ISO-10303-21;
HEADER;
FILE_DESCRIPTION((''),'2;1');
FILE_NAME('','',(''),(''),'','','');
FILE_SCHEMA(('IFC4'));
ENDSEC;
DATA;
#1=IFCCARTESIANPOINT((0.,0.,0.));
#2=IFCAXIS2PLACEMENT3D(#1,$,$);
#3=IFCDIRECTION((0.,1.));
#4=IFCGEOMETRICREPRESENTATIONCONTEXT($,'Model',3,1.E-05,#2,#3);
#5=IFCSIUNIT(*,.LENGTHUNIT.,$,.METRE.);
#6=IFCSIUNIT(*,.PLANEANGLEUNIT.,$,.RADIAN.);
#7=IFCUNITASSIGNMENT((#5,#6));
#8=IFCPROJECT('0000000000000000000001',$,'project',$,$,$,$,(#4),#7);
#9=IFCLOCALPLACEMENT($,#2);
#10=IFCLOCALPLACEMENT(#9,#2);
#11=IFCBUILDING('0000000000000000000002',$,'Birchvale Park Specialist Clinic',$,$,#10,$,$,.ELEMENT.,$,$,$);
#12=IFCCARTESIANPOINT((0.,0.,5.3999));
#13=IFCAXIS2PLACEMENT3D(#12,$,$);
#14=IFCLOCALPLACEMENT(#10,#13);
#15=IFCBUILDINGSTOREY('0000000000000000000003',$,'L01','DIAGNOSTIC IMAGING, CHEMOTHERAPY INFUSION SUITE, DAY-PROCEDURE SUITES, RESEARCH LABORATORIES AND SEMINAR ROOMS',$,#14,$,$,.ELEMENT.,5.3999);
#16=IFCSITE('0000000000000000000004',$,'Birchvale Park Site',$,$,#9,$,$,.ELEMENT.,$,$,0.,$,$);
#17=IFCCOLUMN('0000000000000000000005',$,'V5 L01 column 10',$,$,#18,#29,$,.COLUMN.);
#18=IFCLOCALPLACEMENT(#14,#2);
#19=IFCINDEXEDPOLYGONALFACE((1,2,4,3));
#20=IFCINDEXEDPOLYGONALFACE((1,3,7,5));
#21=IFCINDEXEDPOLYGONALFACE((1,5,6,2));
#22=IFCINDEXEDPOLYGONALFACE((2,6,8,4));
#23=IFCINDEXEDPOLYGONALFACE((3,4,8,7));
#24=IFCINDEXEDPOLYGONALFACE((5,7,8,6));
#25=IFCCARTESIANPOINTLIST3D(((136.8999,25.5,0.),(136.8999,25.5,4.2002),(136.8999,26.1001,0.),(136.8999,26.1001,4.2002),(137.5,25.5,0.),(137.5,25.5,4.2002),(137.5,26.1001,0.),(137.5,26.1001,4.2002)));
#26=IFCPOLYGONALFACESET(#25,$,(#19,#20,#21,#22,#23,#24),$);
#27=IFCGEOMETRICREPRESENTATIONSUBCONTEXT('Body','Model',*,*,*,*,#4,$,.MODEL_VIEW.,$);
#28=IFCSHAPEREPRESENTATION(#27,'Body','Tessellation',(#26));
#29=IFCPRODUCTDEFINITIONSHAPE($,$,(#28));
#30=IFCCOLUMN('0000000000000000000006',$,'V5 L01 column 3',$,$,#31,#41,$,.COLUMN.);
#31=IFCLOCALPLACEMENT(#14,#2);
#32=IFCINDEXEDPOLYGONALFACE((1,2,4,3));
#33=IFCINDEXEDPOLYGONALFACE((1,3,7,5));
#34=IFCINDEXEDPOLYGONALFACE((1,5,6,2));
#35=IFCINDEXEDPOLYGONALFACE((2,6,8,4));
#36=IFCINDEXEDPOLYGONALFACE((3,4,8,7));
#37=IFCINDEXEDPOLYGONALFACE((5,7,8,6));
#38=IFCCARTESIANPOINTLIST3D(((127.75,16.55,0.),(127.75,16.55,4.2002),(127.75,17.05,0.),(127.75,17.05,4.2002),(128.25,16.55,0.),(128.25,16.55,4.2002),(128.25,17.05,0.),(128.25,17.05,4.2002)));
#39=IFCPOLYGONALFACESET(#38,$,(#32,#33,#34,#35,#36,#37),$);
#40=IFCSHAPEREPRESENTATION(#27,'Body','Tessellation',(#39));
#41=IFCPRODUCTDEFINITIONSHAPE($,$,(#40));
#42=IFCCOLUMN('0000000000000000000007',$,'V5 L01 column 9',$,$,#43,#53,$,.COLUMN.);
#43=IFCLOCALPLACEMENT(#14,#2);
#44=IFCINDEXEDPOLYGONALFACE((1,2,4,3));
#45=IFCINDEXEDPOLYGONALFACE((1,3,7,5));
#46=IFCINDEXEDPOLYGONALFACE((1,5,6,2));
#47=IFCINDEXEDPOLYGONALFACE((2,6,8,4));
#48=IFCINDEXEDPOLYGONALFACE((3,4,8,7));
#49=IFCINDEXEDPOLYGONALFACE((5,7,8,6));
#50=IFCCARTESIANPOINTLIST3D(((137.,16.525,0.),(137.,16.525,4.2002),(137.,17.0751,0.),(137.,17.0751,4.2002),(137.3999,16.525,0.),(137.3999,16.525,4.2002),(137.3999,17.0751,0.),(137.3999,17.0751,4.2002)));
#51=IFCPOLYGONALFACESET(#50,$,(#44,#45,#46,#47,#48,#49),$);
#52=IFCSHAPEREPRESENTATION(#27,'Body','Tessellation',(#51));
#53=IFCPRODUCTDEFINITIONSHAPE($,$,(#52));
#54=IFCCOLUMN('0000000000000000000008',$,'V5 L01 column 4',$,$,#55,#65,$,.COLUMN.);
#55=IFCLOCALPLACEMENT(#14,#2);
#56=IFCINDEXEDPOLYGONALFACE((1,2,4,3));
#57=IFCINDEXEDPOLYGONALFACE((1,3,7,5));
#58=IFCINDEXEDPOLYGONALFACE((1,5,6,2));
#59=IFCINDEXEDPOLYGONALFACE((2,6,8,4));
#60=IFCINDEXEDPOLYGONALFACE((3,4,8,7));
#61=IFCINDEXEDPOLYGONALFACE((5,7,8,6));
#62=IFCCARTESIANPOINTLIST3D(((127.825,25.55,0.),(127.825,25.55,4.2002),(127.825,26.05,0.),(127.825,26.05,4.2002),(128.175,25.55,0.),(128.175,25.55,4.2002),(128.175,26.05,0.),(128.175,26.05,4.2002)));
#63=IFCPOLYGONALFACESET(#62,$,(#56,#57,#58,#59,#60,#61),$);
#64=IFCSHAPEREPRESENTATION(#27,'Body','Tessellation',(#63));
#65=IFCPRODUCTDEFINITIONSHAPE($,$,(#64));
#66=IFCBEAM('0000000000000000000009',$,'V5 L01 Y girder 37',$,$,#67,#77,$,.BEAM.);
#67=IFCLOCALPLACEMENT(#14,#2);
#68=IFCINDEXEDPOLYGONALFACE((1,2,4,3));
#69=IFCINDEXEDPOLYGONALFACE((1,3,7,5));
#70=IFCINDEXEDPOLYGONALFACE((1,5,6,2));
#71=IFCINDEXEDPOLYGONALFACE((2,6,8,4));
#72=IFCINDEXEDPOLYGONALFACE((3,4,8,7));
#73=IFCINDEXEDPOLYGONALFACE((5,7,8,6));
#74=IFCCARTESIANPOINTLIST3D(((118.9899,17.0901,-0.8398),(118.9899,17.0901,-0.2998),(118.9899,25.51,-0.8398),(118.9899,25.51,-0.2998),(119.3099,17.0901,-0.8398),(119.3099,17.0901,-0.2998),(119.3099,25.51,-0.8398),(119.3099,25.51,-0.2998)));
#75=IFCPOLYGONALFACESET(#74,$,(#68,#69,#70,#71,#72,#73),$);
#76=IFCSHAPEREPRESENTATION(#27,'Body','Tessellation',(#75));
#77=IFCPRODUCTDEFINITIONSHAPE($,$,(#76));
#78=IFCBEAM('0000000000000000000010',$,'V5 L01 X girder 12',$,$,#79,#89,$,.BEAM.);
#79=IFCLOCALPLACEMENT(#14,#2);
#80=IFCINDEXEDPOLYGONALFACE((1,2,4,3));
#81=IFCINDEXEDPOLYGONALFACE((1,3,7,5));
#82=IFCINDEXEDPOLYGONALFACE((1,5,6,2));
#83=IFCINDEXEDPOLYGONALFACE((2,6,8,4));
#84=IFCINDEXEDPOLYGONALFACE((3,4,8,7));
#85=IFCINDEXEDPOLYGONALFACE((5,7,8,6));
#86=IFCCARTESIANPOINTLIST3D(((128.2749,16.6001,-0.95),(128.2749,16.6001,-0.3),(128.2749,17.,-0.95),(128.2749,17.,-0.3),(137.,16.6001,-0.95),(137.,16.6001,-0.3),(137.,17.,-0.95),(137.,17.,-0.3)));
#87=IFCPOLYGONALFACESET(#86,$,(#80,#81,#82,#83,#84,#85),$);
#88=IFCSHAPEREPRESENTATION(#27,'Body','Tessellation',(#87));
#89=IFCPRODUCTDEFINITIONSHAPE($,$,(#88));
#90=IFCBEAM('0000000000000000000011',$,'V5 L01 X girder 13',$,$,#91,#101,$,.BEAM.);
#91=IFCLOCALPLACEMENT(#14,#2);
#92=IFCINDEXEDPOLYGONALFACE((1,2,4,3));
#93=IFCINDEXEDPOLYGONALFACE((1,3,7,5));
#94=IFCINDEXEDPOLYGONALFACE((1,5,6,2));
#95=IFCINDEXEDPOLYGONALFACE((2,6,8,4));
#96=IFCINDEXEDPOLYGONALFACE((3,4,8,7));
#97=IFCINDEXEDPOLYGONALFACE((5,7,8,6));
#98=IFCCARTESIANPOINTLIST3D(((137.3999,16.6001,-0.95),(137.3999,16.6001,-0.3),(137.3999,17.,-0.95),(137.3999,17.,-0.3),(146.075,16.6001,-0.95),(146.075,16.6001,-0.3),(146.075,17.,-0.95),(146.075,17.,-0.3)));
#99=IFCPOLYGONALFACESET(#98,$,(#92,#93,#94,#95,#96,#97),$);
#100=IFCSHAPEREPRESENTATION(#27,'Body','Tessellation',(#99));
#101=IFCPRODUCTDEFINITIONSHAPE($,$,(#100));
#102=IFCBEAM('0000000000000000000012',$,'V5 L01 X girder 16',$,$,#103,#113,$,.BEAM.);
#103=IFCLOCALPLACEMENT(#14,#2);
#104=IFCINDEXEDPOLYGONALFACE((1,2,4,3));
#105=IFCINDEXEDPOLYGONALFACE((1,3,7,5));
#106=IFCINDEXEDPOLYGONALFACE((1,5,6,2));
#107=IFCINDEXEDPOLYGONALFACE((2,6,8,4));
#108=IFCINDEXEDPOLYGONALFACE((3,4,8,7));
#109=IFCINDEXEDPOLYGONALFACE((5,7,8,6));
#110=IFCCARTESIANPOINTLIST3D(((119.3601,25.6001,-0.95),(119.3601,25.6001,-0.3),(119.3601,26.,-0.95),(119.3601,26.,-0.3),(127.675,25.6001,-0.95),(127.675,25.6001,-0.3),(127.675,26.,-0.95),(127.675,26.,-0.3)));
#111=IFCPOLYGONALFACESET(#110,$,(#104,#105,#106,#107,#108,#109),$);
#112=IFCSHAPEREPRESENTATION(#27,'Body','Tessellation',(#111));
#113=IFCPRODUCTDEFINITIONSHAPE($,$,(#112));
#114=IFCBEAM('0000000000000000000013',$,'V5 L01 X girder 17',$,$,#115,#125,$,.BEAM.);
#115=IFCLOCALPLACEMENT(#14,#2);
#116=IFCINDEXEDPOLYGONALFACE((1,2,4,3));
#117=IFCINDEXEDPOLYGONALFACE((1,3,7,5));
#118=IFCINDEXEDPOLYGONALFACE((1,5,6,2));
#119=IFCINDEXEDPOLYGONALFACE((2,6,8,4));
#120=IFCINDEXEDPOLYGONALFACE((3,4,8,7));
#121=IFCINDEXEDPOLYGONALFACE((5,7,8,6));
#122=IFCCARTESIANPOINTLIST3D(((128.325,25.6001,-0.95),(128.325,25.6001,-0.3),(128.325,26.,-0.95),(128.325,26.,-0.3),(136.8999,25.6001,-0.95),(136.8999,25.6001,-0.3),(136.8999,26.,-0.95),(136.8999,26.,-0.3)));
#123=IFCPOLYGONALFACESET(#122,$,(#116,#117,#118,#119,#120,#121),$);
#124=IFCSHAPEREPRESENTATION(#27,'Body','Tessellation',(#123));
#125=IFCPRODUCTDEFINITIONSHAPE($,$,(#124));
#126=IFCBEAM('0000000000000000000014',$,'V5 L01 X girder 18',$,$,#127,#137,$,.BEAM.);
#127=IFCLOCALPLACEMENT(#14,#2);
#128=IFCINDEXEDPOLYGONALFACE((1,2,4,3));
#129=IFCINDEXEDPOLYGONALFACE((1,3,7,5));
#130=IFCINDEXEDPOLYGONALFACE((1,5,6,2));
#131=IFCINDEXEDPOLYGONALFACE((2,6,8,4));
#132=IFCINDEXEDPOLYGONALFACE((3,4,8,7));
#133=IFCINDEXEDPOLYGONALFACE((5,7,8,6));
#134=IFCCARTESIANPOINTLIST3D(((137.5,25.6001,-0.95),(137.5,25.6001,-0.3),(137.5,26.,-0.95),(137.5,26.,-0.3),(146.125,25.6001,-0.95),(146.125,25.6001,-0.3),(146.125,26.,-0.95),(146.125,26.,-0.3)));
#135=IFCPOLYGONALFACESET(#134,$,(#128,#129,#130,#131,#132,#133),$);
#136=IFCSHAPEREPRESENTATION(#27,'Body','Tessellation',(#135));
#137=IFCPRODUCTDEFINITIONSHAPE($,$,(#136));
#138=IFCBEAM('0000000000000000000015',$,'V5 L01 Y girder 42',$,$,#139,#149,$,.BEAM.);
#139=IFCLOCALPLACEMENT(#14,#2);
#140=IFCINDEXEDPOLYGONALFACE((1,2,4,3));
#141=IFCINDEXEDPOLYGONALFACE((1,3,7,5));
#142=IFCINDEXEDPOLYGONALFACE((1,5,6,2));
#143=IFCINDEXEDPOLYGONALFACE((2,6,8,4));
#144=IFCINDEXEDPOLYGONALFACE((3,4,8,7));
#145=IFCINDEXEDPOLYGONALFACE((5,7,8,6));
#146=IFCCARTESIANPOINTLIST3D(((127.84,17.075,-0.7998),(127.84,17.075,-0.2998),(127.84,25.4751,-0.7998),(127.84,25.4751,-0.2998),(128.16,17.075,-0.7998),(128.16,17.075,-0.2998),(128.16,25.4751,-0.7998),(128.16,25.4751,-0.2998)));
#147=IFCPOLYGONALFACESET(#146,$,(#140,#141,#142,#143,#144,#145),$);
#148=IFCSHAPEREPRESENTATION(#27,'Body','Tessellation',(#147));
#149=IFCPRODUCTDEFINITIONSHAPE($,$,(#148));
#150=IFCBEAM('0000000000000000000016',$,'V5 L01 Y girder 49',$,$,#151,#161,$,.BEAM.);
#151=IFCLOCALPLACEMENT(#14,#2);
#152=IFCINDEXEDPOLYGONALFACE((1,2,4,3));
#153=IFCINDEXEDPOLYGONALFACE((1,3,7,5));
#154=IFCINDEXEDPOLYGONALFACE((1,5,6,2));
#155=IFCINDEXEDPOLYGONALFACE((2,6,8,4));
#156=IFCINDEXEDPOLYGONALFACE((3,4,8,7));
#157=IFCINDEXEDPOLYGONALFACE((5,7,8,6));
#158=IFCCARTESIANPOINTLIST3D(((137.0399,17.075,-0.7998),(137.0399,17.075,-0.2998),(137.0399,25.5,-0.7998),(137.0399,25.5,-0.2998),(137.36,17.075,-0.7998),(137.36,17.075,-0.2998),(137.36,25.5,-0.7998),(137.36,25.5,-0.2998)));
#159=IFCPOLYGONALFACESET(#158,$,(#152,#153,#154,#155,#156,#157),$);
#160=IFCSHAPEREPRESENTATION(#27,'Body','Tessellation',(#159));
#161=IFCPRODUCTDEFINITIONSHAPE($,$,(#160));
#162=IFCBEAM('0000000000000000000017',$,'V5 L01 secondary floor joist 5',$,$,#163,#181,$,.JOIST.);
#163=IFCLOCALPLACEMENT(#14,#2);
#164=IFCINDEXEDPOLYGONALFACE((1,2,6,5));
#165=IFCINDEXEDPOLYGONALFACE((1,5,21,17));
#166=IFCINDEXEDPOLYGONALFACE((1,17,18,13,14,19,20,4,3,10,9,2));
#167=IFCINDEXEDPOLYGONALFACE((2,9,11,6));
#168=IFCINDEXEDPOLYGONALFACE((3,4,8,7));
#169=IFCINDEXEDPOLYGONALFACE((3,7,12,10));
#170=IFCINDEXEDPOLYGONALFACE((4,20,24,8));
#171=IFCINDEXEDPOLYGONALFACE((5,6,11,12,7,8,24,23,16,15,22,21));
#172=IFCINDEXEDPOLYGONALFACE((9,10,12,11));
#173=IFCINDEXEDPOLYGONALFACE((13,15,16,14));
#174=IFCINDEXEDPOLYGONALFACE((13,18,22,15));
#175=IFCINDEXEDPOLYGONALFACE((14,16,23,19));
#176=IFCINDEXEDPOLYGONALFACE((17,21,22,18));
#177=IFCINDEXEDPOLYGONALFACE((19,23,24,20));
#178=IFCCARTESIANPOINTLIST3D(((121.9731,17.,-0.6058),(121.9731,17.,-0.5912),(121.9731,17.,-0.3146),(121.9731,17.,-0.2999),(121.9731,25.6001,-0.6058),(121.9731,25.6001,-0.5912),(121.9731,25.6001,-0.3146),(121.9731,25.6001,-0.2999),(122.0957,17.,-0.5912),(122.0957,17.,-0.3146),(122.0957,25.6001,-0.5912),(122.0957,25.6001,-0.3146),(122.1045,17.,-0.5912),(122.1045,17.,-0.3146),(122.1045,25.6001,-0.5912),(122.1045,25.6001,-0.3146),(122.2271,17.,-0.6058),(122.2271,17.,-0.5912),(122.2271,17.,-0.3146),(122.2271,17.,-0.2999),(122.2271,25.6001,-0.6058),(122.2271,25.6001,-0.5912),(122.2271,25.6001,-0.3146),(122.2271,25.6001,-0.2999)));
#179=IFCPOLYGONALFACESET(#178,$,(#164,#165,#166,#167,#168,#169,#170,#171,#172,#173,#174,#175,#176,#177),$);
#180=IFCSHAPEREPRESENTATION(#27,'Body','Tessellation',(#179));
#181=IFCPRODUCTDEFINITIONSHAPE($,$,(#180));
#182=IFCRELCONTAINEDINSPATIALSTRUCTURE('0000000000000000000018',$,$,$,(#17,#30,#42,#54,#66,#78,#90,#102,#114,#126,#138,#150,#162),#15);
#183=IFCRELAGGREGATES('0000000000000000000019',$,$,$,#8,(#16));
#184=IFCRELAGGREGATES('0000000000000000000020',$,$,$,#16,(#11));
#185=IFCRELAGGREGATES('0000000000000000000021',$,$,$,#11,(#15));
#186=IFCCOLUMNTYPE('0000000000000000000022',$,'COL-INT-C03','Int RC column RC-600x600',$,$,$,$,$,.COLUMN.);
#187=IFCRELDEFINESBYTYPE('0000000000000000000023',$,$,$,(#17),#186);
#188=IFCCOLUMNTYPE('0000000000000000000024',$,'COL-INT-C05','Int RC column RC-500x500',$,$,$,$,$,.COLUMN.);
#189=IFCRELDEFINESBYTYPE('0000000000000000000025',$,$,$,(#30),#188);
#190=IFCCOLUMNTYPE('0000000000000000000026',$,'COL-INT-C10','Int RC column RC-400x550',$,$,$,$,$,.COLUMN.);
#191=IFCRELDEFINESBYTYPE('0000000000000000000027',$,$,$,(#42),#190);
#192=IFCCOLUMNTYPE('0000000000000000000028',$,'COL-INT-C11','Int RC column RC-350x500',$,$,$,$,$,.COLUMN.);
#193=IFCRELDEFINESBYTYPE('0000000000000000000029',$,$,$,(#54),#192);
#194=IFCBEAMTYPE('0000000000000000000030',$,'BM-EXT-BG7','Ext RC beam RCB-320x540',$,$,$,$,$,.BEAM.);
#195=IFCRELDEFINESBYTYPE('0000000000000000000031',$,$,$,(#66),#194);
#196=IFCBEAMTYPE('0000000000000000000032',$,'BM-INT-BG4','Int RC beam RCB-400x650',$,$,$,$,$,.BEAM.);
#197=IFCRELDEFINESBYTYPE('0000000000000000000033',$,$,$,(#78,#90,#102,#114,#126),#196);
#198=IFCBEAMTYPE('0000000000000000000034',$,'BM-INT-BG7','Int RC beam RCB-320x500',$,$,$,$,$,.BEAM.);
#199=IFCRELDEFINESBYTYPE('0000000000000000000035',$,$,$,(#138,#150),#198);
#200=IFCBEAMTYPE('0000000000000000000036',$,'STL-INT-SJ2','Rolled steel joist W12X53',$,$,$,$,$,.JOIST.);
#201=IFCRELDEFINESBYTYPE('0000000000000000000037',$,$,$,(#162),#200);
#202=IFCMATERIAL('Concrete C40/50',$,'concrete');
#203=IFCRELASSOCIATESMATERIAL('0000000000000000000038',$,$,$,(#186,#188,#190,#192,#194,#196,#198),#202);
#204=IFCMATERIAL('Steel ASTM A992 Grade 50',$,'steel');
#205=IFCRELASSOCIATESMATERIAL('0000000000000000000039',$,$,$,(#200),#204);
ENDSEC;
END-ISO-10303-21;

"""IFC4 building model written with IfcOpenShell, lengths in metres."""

from ifc_helpers import new_model, si_unit, direction, frame, origin, origin_2d, place, context, subcontext, project, spatial, rectangle, i_section, extrude, material, material_profile, profile_set, type_object, element, save


model = new_model("IFC4")

# Units and contexts
model_context = context("Model", 3, precision=1e-05, world=origin(), true_north=direction((0.0, 1.0)))
body_context = subcontext(model_context, "Body", "Model", "MODEL_VIEW")
ifc_project = project(units=[si_unit("LENGTHUNIT", "METRE"), si_unit("PLANEANGLEUNIT", "RADIAN")], contexts=[model_context])

# Site, building, storey
site_placement = place(None, origin())
site = spatial("IfcSite", under=ifc_project, at=site_placement, Name="Birchvale Park Site", CompositionType="ELEMENT", RefElevation=0.0)
building_placement = place(site_placement, origin())
building = spatial("IfcBuilding", under=site, at=building_placement, Name="Birchvale Park Specialist Clinic", CompositionType="ELEMENT")
storey_placement = place(building_placement, frame((0.0, 0.0, 5.3999)))
storey = spatial("IfcBuildingStorey", under=building, at=storey_placement, Name="L01", Description="DIAGNOSTIC IMAGING, CHEMOTHERAPY INFUSION SUITE, DAY-PROCEDURE SUITES, RESEARCH LABORATORIES AND SEMINAR ROOMS", CompositionType="ELEMENT", Elevation=5.3999)

# Columns
ifc_material_1 = material(Name="Concrete C40/50", Category="concrete")
ifc_material_profile_1 = material_profile(ifc_material_1, rectangle(XDim=0.6001, YDim=0.6001, at=origin_2d()), Name="RC-600x600")
ifc_profile_set_1 = profile_set([ifc_material_profile_1], Name="Concrete C40/50")
column_type_1 = type_object("IfcColumnType", Name="COL-INT-C03", Description="Int RC column RC-600x600", PredefinedType="COLUMN", material=ifc_profile_set_1)
column_1_placement = place(storey_placement, frame((137.2, 25.8, 0.0), z_axis=(0.0, 0.0, 1.0), x_axis=(1.0, 0.0, 0.0)))
element("IfcColumn", 1, at=column_1_placement, inside=storey, type_object=column_type_1, Name="V5 L01 column 10", PredefinedType="COLUMN", context=body_context, shape_type="SweptSolid", body=[
    extrude(rectangle(XDim=0.6001, YDim=0.6001, at=origin_2d()), origin(), (0.0, 0.0, 1.0), 4.2002),
])
ifc_material_profile_2 = material_profile(ifc_material_1, rectangle(XDim=0.5, YDim=0.5, at=origin_2d()), Name="RC-500x500")
ifc_profile_set_2 = profile_set([ifc_material_profile_2], Name="Concrete C40/50")
column_type_2 = type_object("IfcColumnType", Name="COL-INT-C05", Description="Int RC column RC-500x500", PredefinedType="COLUMN", material=ifc_profile_set_2)
column_2_placement = place(storey_placement, frame((128.0, 16.8, 0.0), z_axis=(0.0, 0.0, 1.0), x_axis=(1.0, 0.0, 0.0)))
element("IfcColumn", 2, at=column_2_placement, inside=storey, type_object=column_type_2, Name="V5 L01 column 3", PredefinedType="COLUMN", context=body_context, shape_type="SweptSolid", body=[
    extrude(rectangle(XDim=0.5, YDim=0.5, at=origin_2d()), origin(), (0.0, 0.0, 1.0), 4.2002),
])
ifc_material_profile_3 = material_profile(ifc_material_1, rectangle(XDim=0.3999, YDim=0.55, at=origin_2d()), Name="RC-400x550")
ifc_profile_set_3 = profile_set([ifc_material_profile_3], Name="Concrete C40/50")
column_type_3 = type_object("IfcColumnType", Name="COL-INT-C10", Description="Int RC column RC-400x550", PredefinedType="COLUMN", material=ifc_profile_set_3)
column_3_placement = place(storey_placement, frame((137.2, 16.8, 0.0), z_axis=(0.0, 0.0, 1.0), x_axis=(1.0, 0.0, 0.0)))
element("IfcColumn", 3, at=column_3_placement, inside=storey, type_object=column_type_3, Name="V5 L01 column 9", PredefinedType="COLUMN", context=body_context, shape_type="SweptSolid", body=[
    extrude(rectangle(XDim=0.3999, YDim=0.55, at=origin_2d()), origin(), (0.0, 0.0, 1.0), 4.2002),
])
ifc_material_profile_4 = material_profile(ifc_material_1, rectangle(XDim=0.3501, YDim=0.5, at=origin_2d()), Name="RC-350x500")
ifc_profile_set_4 = profile_set([ifc_material_profile_4], Name="Concrete C40/50")
column_type_4 = type_object("IfcColumnType", Name="COL-INT-C11", Description="Int RC column RC-350x500", PredefinedType="COLUMN", material=ifc_profile_set_4)
column_4_placement = place(storey_placement, frame((128.0, 25.8, 0.0), z_axis=(0.0, 0.0, 1.0), x_axis=(1.0, 0.0, 0.0)))
element("IfcColumn", 4, at=column_4_placement, inside=storey, type_object=column_type_4, Name="V5 L01 column 4", PredefinedType="COLUMN", context=body_context, shape_type="SweptSolid", body=[
    extrude(rectangle(XDim=0.3501, YDim=0.5, at=origin_2d()), origin(), (0.0, 0.0, 1.0), 4.2002),
])

# Beams
ifc_material_profile_5 = material_profile(ifc_material_1, rectangle(XDim=0.3201, YDim=0.54, at=origin_2d()), Name="RCB-320x540")
ifc_profile_set_5 = profile_set([ifc_material_profile_5], Name="Concrete C40/50")
beam_type_1 = type_object("IfcBeamType", Name="BM-EXT-BG7", Description="Ext RC beam RCB-320x540", PredefinedType="BEAM", material=ifc_profile_set_5)
beam_1_placement = place(storey_placement, frame((119.1499, 17.0901, -0.5698), z_axis=(0.0, 1.0, 0.0), x_axis=(-1.0, 0.0, 0.0)))
element("IfcBeam", 5, at=beam_1_placement, inside=storey, type_object=beam_type_1, Name="V5 L01 Y girder 37", PredefinedType="BEAM", context=body_context, shape_type="SweptSolid", body=[
    extrude(rectangle(XDim=0.3201, YDim=0.54, at=origin_2d()), origin(), (0.0, 0.0, 1.0), 8.4199),
])
ifc_material_profile_6 = material_profile(ifc_material_1, rectangle(XDim=0.3999, YDim=0.6499, at=origin_2d()), Name="RCB-400x650")
ifc_profile_set_6 = profile_set([ifc_material_profile_6], Name="Concrete C40/50")
beam_type_2 = type_object("IfcBeamType", Name="BM-INT-BG4", Description="Int RC beam RCB-400x650", PredefinedType="BEAM", material=ifc_profile_set_6)
beam_2_placement = place(storey_placement, frame((128.2749, 16.8, -0.625), z_axis=(1.0, 0.0, 0.0), x_axis=(0.0, 1.0, 0.0)))
element("IfcBeam", 6, at=beam_2_placement, inside=storey, type_object=beam_type_2, Name="V5 L01 X girder 12", PredefinedType="BEAM", context=body_context, shape_type="SweptSolid", body=[
    extrude(rectangle(XDim=0.3999, YDim=0.6499, at=origin_2d()), origin(), (0.0, 0.0, 1.0), 8.7251),
])
beam_3_placement = place(storey_placement, frame((137.3999, 16.8, -0.625), z_axis=(1.0, 0.0, 0.0), x_axis=(0.0, 1.0, 0.0)))
element("IfcBeam", 7, at=beam_3_placement, inside=storey, type_object=beam_type_2, Name="V5 L01 X girder 13", PredefinedType="BEAM", context=body_context, shape_type="SweptSolid", body=[
    extrude(rectangle(XDim=0.3999, YDim=0.6499, at=origin_2d()), origin(), (0.0, 0.0, 1.0), 8.675),
])
beam_4_placement = place(storey_placement, frame((119.3601, 25.8, -0.625), z_axis=(1.0, 0.0, 0.0), x_axis=(0.0, 1.0, 0.0)))
element("IfcBeam", 8, at=beam_4_placement, inside=storey, type_object=beam_type_2, Name="V5 L01 X girder 16", PredefinedType="BEAM", context=body_context, shape_type="SweptSolid", body=[
    extrude(rectangle(XDim=0.3999, YDim=0.6499, at=origin_2d()), origin(), (0.0, 0.0, 1.0), 8.3149),
])
beam_5_placement = place(storey_placement, frame((128.325, 25.8, -0.625), z_axis=(1.0, 0.0, 0.0), x_axis=(0.0, 1.0, 0.0)))
element("IfcBeam", 9, at=beam_5_placement, inside=storey, type_object=beam_type_2, Name="V5 L01 X girder 17", PredefinedType="BEAM", context=body_context, shape_type="SweptSolid", body=[
    extrude(rectangle(XDim=0.3999, YDim=0.6499, at=origin_2d()), origin(), (0.0, 0.0, 1.0), 8.575),
])
beam_6_placement = place(storey_placement, frame((137.5, 25.8, -0.625), z_axis=(1.0, 0.0, 0.0), x_axis=(0.0, 1.0, 0.0)))
element("IfcBeam", 10, at=beam_6_placement, inside=storey, type_object=beam_type_2, Name="V5 L01 X girder 18", PredefinedType="BEAM", context=body_context, shape_type="SweptSolid", body=[
    extrude(rectangle(XDim=0.3999, YDim=0.6499, at=origin_2d()), origin(), (0.0, 0.0, 1.0), 8.625),
])
ifc_material_profile_7 = material_profile(ifc_material_1, rectangle(XDim=0.3201, YDim=0.5, at=origin_2d()), Name="RCB-320x500")
ifc_profile_set_7 = profile_set([ifc_material_profile_7], Name="Concrete C40/50")
beam_type_3 = type_object("IfcBeamType", Name="BM-INT-BG7", Description="Int RC beam RCB-320x500", PredefinedType="BEAM", material=ifc_profile_set_7)
beam_7_placement = place(storey_placement, frame((128.0, 17.075, -0.5498), z_axis=(0.0, 1.0, 0.0), x_axis=(-1.0, 0.0, 0.0)))
element("IfcBeam", 11, at=beam_7_placement, inside=storey, type_object=beam_type_3, Name="V5 L01 Y girder 42", PredefinedType="BEAM", context=body_context, shape_type="SweptSolid", body=[
    extrude(rectangle(XDim=0.3201, YDim=0.5, at=origin_2d()), origin(), (0.0, 0.0, 1.0), 8.4001),
])
beam_8_placement = place(storey_placement, frame((137.2, 17.075, -0.5498), z_axis=(0.0, 1.0, 0.0), x_axis=(-1.0, 0.0, 0.0)))
element("IfcBeam", 12, at=beam_8_placement, inside=storey, type_object=beam_type_3, Name="V5 L01 Y girder 49", PredefinedType="BEAM", context=body_context, shape_type="SweptSolid", body=[
    extrude(rectangle(XDim=0.3201, YDim=0.5, at=origin_2d()), origin(), (0.0, 0.0, 1.0), 8.425),
])
ifc_material_2 = material(Name="Steel ASTM A992 Grade 50", Category="steel")
ifc_material_profile_8 = material_profile(ifc_material_2, i_section(OverallWidth=0.2539, OverallDepth=0.3059, WebThickness=0.0088, FlangeThickness=0.0146, at=origin_2d()), Name="W12X53")
ifc_profile_set_8 = profile_set([ifc_material_profile_8], Name="Steel ASTM A992 Grade 50")
beam_type_4 = type_object("IfcBeamType", Name="STL-INT-SJ2", Description="Rolled steel joist W12X53", PredefinedType="JOIST", material=ifc_profile_set_8)
for number, where, z_axis, x_axis, name in (
    (13, (122.1001, 17.0, -0.4529), (0.0, 1.0, 0.0), (-1.0, 0.0, 0.0), "V5 L01 secondary floor joist 5"),
):
    element("IfcBeam", number, at=place(storey_placement, frame(where, z_axis=z_axis, x_axis=x_axis)), inside=storey, type_object=beam_type_4, Name=name, PredefinedType="JOIST", context=body_context, shape_type="SweptSolid", body=[
        extrude(i_section(OverallWidth=0.2539, OverallDepth=0.3059, WebThickness=0.0088, FlangeThickness=0.0146, at=origin_2d()), origin(), (0.0, 0.0, 1.0), 8.6001),
    ])

save(model, "model.ifc")
